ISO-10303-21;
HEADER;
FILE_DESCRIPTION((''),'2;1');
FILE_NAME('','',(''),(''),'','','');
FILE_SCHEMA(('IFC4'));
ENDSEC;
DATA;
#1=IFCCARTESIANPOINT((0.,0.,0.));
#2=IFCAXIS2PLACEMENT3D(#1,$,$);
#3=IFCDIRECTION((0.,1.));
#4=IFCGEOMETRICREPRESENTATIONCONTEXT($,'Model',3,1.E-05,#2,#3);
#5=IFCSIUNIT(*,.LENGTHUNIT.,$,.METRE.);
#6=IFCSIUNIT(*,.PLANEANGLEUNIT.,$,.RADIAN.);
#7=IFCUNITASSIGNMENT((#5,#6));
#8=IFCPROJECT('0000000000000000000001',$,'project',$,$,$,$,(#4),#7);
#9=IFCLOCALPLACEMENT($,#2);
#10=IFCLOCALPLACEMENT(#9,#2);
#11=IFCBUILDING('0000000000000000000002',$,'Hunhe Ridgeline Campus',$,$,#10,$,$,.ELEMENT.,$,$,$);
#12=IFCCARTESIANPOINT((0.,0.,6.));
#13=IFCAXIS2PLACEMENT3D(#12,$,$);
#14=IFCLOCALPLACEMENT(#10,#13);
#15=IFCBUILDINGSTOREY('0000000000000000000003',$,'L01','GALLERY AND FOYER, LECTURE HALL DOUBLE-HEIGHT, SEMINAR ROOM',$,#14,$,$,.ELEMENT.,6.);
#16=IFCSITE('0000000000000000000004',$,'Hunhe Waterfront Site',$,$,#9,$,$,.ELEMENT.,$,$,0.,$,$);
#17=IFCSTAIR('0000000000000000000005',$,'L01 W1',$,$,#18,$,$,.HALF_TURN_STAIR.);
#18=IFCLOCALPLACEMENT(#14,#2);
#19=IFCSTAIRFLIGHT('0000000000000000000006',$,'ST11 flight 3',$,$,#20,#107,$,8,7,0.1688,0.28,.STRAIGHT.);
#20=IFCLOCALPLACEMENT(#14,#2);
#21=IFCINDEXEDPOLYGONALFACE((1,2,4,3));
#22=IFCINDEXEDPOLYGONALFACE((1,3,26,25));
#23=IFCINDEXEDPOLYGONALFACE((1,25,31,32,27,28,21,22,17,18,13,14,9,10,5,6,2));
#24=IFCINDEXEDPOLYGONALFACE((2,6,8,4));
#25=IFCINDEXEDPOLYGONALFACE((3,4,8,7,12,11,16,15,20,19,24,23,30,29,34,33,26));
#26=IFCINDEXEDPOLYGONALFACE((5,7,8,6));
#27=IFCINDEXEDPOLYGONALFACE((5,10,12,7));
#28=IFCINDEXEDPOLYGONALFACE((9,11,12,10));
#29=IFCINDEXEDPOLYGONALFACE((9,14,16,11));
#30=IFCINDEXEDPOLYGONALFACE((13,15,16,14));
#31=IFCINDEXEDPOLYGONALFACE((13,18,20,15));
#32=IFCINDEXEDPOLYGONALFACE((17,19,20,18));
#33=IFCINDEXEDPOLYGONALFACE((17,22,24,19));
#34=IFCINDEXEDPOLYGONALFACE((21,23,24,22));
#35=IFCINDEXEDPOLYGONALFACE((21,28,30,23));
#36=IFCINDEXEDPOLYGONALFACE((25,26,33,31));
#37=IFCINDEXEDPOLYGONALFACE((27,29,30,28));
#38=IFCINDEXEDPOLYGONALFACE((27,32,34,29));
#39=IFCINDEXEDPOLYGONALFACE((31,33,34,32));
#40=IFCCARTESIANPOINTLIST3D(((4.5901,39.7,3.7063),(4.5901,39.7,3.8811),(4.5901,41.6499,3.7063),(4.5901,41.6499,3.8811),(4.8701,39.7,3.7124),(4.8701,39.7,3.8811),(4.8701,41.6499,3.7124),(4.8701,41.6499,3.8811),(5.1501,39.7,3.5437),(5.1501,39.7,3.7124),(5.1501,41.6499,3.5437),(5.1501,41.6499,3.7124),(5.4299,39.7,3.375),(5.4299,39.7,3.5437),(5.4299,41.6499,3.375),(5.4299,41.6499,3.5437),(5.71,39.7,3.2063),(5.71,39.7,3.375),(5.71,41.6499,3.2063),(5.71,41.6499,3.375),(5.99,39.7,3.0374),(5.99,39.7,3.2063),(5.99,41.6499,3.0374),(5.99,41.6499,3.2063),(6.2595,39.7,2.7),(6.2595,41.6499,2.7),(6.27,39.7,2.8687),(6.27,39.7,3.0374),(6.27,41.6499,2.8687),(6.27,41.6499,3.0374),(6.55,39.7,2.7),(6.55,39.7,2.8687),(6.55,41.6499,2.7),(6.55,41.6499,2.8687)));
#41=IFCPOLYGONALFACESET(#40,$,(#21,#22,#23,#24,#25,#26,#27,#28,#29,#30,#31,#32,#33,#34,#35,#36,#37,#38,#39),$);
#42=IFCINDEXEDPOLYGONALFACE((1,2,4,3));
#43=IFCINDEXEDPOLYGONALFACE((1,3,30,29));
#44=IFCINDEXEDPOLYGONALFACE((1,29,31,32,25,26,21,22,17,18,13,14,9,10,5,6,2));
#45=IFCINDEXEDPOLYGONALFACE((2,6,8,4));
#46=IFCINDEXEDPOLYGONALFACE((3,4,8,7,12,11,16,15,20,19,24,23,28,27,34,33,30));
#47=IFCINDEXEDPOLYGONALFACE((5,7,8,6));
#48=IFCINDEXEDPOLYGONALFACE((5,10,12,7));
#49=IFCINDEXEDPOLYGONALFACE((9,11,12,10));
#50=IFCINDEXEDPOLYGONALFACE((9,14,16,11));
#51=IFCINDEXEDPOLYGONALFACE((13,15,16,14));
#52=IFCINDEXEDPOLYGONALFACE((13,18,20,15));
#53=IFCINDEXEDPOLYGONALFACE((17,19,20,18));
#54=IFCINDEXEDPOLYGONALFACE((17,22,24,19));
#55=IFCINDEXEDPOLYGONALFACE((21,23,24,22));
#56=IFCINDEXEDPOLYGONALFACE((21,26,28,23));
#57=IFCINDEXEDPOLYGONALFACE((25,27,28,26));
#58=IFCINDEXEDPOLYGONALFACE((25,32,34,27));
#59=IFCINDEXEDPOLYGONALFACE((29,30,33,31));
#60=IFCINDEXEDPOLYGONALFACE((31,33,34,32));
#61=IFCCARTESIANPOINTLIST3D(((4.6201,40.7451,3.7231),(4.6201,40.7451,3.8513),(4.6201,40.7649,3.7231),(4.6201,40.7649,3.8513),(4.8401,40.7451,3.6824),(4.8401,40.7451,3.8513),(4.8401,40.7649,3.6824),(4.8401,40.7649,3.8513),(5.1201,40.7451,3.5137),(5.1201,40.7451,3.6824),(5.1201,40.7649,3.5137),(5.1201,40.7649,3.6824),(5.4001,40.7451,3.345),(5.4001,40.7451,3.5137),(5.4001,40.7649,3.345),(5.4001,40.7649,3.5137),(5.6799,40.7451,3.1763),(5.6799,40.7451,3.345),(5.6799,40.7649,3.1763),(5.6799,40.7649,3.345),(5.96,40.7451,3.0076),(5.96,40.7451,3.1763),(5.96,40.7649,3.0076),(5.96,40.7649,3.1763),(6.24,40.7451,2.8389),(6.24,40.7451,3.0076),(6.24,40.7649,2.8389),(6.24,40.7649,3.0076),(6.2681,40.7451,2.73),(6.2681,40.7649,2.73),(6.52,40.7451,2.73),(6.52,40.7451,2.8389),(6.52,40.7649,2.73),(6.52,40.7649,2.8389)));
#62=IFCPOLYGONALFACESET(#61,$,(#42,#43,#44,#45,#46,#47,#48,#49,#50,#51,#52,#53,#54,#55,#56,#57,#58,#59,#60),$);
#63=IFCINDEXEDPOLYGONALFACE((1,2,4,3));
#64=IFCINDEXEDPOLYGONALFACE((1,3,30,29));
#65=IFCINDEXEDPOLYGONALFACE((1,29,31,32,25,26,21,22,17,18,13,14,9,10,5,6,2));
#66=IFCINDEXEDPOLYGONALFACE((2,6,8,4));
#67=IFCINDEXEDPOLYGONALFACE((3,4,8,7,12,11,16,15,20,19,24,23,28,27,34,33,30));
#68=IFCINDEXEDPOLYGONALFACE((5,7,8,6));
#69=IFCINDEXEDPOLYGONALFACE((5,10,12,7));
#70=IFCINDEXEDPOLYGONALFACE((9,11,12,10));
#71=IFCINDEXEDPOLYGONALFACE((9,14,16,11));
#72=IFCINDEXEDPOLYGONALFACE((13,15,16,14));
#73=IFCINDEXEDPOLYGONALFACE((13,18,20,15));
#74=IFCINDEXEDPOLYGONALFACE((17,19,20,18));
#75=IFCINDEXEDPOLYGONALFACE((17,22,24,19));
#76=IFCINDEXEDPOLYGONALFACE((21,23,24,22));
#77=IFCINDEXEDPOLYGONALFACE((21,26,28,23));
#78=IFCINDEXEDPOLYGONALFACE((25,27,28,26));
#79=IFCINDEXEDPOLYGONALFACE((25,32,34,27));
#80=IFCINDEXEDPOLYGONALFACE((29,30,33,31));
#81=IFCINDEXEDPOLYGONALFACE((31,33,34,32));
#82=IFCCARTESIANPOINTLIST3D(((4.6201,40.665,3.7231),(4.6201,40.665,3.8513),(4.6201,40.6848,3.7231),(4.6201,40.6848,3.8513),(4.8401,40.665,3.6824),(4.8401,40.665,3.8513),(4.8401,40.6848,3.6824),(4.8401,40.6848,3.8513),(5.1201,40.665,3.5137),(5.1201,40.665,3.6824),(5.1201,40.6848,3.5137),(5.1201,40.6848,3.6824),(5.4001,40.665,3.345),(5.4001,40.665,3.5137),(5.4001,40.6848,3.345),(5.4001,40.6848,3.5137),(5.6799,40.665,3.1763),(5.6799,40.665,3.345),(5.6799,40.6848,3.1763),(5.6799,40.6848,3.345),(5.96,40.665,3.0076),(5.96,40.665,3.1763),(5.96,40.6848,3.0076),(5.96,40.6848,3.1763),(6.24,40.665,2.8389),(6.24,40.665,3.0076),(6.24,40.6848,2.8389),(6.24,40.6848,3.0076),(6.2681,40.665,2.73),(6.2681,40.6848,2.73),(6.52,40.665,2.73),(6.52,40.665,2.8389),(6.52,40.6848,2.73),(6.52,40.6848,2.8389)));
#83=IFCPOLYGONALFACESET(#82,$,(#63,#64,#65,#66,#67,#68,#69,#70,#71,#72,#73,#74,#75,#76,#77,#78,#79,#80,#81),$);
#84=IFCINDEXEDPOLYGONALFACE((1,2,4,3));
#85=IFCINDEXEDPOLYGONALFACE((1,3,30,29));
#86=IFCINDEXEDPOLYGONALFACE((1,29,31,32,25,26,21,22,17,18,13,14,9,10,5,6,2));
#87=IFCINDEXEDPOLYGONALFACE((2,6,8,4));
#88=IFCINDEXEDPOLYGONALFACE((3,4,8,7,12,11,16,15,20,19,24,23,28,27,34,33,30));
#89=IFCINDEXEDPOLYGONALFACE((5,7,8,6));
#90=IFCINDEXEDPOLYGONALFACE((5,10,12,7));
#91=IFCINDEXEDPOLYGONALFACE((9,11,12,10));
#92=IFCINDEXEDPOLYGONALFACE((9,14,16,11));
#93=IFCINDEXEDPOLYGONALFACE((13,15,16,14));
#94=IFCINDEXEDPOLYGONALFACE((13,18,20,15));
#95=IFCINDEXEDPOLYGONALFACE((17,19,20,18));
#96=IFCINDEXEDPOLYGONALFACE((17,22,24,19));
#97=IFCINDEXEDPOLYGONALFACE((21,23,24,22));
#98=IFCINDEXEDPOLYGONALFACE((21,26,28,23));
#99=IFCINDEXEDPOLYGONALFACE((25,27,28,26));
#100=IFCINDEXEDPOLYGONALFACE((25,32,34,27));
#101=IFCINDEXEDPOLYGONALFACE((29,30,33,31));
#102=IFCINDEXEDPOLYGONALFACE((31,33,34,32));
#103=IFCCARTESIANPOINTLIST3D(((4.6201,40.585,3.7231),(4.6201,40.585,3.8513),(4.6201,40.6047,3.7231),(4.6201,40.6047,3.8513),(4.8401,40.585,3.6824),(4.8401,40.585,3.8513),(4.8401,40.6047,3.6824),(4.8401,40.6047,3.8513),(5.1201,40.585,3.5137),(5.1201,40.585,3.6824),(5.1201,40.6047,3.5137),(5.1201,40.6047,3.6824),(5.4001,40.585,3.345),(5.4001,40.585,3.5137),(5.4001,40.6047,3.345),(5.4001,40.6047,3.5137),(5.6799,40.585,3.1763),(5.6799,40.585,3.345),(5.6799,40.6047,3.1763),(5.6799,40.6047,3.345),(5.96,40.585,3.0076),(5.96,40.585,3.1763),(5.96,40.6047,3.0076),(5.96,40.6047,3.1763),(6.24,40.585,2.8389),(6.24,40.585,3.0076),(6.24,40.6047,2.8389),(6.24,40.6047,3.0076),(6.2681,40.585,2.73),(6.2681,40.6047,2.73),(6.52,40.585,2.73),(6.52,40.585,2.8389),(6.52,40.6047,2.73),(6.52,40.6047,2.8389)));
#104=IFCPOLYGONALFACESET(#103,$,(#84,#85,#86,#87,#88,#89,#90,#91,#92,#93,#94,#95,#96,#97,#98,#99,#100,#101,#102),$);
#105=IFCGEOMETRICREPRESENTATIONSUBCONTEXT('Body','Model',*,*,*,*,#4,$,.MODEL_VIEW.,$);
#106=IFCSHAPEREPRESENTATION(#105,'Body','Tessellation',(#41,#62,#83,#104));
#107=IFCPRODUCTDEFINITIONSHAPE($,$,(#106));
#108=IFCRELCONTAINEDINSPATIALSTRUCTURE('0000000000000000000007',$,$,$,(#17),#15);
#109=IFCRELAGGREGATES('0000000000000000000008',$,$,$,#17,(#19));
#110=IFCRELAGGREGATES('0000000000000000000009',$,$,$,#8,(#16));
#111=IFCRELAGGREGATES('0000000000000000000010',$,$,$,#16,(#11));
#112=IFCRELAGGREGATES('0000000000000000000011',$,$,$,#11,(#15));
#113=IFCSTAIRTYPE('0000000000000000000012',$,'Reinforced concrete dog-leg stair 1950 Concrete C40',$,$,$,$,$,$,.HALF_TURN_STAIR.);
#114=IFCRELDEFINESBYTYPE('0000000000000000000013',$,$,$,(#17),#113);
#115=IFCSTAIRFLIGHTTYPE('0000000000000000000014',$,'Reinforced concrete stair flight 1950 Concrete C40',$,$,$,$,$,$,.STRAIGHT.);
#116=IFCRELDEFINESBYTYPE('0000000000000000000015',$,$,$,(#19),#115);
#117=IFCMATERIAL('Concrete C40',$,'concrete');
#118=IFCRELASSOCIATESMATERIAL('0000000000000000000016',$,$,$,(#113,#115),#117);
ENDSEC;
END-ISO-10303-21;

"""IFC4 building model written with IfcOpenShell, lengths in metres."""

from ifc_helpers import new_model, si_unit, direction, frame, origin, place, context, subcontext, project, spatial, polyline, outline, extrude, material, type_object, element, aggregate, save


model = new_model("IFC4")

# Units and contexts
model_context = context("Model", 3, precision=1e-05, world=origin(), true_north=direction((0.0, 1.0)))
body_context = subcontext(model_context, "Body", "Model", "MODEL_VIEW")
ifc_project = project(units=[si_unit("LENGTHUNIT", "METRE"), si_unit("PLANEANGLEUNIT", "RADIAN")], contexts=[model_context])

# Site, building, storey
site_placement = place(None, origin())
site = spatial("IfcSite", under=ifc_project, at=site_placement, Name="Hunhe Waterfront Site", CompositionType="ELEMENT", RefElevation=0.0)
building_placement = place(site_placement, origin())
building = spatial("IfcBuilding", under=site, at=building_placement, Name="Hunhe Ridgeline Campus", CompositionType="ELEMENT")
storey_placement = place(building_placement, frame((0.0, 0.0, 6.0)))
storey = spatial("IfcBuildingStorey", under=building, at=storey_placement, Name="L01", Description="GALLERY AND FOYER, LECTURE HALL DOUBLE-HEIGHT, SEMINAR ROOM", CompositionType="ELEMENT", Elevation=6.0)

# Stair, stair flight
ifc_material_1 = material(Name="Concrete C40", Category="concrete")
stair_type = type_object("IfcStairType", Name="Reinforced concrete dog-leg stair 1950 Concrete C40", PredefinedType="HALF_TURN_STAIR", material=ifc_material_1)
stair_placement = place(storey_placement, origin())
stair = element("IfcStair", 1, at=stair_placement, inside=storey, type_object=stair_type, Name="L01 W1", PredefinedType="HALF_TURN_STAIR")
stair_flight_type = type_object("IfcStairFlightType", Name="Reinforced concrete stair flight 1950 Concrete C40", PredefinedType="STRAIGHT", material=ifc_material_1)
stair_flight_1_placement = place(storey_placement, frame((6.55, 40.675, 2.7), z_axis=(0.0, 0.0, 1.0), x_axis=(-1.0, 0.0, 0.0)))
stair_flight_1 = element("IfcStairFlight", 2, at=stair_flight_1_placement, type_object=stair_flight_type, Name="ST11 flight 3", NumberOfRisers=8, NumberOfTreads=7, PredefinedType="STRAIGHT", RiserHeight=0.1688, TreadLength=0.28, context=body_context, shape_type="SweptSolid", body=[
    extrude(outline(polyline([(0.0, 0.0), (0.0, 0.1687), (0.28, 0.1687), (0.28, 0.3374), (0.5601, 0.3374), (0.5601, 0.5063), (0.8401, 0.5063), (0.8401, 0.675), (1.1201, 0.675), (1.1201, 0.8438), (1.3999, 0.8438), (1.3999, 1.0125), (1.6799, 1.0125), (1.6799, 1.1812), (1.96, 1.1812), (1.96, 1.3501), (1.96, 1.0063), (0.2905, 0.0), (0.0, 0.0)])), frame((0.0, 0.9751, 0.0), z_axis=(0.0, -1.0, 0.0), x_axis=(1.0, 0.0, 0.0)), (0.0, 0.0, 1.0), 1.95),
    extrude(outline(polyline([(0.03, 0.03), (0.03, 0.1389), (0.3101, 0.1389), (0.3101, 0.3076), (0.5901, 0.3076), (0.5901, 0.4763), (0.8701, 0.4763), (0.8701, 0.645), (1.1499, 0.645), (1.1499, 0.8137), (1.4299, 0.8137), (1.4299, 0.9824), (1.71, 0.9824), (1.71, 1.1514), (1.9299, 1.1514), (1.9299, 1.0232), (0.282, 0.03), (0.03, 0.03)])), frame((0.0, -0.0701, 0.0), z_axis=(0.0, -1.0, 0.0), x_axis=(1.0, 0.0, 0.0)), (0.0, 0.0, 1.0), 0.0198),
    extrude(outline(polyline([(0.03, 0.03), (0.03, 0.1389), (0.3101, 0.1389), (0.3101, 0.3076), (0.5901, 0.3076), (0.5901, 0.4763), (0.8701, 0.4763), (0.8701, 0.645), (1.1499, 0.645), (1.1499, 0.8137), (1.4299, 0.8137), (1.4299, 0.9824), (1.71, 0.9824), (1.71, 1.1514), (1.9299, 1.1514), (1.9299, 1.0232), (0.282, 0.03), (0.03, 0.03)])), frame((0.0, 0.01, 0.0), z_axis=(0.0, -1.0, 0.0), x_axis=(1.0, 0.0, 0.0)), (0.0, 0.0, 1.0), 0.0198),
    extrude(outline(polyline([(0.03, 0.03), (0.03, 0.1389), (0.3101, 0.1389), (0.3101, 0.3076), (0.5901, 0.3076), (0.5901, 0.4763), (0.8701, 0.4763), (0.8701, 0.645), (1.1499, 0.645), (1.1499, 0.8137), (1.4299, 0.8137), (1.4299, 0.9824), (1.71, 0.9824), (1.71, 1.1514), (1.9299, 1.1514), (1.9299, 1.0232), (0.282, 0.03), (0.03, 0.03)])), frame((0.0, 0.0901, 0.0), z_axis=(0.0, -1.0, 0.0), x_axis=(1.0, 0.0, 0.0)), (0.0, 0.0, 1.0), 0.0198),
])
aggregate(stair, [stair_flight_1])

save(model, "model.ifc")
